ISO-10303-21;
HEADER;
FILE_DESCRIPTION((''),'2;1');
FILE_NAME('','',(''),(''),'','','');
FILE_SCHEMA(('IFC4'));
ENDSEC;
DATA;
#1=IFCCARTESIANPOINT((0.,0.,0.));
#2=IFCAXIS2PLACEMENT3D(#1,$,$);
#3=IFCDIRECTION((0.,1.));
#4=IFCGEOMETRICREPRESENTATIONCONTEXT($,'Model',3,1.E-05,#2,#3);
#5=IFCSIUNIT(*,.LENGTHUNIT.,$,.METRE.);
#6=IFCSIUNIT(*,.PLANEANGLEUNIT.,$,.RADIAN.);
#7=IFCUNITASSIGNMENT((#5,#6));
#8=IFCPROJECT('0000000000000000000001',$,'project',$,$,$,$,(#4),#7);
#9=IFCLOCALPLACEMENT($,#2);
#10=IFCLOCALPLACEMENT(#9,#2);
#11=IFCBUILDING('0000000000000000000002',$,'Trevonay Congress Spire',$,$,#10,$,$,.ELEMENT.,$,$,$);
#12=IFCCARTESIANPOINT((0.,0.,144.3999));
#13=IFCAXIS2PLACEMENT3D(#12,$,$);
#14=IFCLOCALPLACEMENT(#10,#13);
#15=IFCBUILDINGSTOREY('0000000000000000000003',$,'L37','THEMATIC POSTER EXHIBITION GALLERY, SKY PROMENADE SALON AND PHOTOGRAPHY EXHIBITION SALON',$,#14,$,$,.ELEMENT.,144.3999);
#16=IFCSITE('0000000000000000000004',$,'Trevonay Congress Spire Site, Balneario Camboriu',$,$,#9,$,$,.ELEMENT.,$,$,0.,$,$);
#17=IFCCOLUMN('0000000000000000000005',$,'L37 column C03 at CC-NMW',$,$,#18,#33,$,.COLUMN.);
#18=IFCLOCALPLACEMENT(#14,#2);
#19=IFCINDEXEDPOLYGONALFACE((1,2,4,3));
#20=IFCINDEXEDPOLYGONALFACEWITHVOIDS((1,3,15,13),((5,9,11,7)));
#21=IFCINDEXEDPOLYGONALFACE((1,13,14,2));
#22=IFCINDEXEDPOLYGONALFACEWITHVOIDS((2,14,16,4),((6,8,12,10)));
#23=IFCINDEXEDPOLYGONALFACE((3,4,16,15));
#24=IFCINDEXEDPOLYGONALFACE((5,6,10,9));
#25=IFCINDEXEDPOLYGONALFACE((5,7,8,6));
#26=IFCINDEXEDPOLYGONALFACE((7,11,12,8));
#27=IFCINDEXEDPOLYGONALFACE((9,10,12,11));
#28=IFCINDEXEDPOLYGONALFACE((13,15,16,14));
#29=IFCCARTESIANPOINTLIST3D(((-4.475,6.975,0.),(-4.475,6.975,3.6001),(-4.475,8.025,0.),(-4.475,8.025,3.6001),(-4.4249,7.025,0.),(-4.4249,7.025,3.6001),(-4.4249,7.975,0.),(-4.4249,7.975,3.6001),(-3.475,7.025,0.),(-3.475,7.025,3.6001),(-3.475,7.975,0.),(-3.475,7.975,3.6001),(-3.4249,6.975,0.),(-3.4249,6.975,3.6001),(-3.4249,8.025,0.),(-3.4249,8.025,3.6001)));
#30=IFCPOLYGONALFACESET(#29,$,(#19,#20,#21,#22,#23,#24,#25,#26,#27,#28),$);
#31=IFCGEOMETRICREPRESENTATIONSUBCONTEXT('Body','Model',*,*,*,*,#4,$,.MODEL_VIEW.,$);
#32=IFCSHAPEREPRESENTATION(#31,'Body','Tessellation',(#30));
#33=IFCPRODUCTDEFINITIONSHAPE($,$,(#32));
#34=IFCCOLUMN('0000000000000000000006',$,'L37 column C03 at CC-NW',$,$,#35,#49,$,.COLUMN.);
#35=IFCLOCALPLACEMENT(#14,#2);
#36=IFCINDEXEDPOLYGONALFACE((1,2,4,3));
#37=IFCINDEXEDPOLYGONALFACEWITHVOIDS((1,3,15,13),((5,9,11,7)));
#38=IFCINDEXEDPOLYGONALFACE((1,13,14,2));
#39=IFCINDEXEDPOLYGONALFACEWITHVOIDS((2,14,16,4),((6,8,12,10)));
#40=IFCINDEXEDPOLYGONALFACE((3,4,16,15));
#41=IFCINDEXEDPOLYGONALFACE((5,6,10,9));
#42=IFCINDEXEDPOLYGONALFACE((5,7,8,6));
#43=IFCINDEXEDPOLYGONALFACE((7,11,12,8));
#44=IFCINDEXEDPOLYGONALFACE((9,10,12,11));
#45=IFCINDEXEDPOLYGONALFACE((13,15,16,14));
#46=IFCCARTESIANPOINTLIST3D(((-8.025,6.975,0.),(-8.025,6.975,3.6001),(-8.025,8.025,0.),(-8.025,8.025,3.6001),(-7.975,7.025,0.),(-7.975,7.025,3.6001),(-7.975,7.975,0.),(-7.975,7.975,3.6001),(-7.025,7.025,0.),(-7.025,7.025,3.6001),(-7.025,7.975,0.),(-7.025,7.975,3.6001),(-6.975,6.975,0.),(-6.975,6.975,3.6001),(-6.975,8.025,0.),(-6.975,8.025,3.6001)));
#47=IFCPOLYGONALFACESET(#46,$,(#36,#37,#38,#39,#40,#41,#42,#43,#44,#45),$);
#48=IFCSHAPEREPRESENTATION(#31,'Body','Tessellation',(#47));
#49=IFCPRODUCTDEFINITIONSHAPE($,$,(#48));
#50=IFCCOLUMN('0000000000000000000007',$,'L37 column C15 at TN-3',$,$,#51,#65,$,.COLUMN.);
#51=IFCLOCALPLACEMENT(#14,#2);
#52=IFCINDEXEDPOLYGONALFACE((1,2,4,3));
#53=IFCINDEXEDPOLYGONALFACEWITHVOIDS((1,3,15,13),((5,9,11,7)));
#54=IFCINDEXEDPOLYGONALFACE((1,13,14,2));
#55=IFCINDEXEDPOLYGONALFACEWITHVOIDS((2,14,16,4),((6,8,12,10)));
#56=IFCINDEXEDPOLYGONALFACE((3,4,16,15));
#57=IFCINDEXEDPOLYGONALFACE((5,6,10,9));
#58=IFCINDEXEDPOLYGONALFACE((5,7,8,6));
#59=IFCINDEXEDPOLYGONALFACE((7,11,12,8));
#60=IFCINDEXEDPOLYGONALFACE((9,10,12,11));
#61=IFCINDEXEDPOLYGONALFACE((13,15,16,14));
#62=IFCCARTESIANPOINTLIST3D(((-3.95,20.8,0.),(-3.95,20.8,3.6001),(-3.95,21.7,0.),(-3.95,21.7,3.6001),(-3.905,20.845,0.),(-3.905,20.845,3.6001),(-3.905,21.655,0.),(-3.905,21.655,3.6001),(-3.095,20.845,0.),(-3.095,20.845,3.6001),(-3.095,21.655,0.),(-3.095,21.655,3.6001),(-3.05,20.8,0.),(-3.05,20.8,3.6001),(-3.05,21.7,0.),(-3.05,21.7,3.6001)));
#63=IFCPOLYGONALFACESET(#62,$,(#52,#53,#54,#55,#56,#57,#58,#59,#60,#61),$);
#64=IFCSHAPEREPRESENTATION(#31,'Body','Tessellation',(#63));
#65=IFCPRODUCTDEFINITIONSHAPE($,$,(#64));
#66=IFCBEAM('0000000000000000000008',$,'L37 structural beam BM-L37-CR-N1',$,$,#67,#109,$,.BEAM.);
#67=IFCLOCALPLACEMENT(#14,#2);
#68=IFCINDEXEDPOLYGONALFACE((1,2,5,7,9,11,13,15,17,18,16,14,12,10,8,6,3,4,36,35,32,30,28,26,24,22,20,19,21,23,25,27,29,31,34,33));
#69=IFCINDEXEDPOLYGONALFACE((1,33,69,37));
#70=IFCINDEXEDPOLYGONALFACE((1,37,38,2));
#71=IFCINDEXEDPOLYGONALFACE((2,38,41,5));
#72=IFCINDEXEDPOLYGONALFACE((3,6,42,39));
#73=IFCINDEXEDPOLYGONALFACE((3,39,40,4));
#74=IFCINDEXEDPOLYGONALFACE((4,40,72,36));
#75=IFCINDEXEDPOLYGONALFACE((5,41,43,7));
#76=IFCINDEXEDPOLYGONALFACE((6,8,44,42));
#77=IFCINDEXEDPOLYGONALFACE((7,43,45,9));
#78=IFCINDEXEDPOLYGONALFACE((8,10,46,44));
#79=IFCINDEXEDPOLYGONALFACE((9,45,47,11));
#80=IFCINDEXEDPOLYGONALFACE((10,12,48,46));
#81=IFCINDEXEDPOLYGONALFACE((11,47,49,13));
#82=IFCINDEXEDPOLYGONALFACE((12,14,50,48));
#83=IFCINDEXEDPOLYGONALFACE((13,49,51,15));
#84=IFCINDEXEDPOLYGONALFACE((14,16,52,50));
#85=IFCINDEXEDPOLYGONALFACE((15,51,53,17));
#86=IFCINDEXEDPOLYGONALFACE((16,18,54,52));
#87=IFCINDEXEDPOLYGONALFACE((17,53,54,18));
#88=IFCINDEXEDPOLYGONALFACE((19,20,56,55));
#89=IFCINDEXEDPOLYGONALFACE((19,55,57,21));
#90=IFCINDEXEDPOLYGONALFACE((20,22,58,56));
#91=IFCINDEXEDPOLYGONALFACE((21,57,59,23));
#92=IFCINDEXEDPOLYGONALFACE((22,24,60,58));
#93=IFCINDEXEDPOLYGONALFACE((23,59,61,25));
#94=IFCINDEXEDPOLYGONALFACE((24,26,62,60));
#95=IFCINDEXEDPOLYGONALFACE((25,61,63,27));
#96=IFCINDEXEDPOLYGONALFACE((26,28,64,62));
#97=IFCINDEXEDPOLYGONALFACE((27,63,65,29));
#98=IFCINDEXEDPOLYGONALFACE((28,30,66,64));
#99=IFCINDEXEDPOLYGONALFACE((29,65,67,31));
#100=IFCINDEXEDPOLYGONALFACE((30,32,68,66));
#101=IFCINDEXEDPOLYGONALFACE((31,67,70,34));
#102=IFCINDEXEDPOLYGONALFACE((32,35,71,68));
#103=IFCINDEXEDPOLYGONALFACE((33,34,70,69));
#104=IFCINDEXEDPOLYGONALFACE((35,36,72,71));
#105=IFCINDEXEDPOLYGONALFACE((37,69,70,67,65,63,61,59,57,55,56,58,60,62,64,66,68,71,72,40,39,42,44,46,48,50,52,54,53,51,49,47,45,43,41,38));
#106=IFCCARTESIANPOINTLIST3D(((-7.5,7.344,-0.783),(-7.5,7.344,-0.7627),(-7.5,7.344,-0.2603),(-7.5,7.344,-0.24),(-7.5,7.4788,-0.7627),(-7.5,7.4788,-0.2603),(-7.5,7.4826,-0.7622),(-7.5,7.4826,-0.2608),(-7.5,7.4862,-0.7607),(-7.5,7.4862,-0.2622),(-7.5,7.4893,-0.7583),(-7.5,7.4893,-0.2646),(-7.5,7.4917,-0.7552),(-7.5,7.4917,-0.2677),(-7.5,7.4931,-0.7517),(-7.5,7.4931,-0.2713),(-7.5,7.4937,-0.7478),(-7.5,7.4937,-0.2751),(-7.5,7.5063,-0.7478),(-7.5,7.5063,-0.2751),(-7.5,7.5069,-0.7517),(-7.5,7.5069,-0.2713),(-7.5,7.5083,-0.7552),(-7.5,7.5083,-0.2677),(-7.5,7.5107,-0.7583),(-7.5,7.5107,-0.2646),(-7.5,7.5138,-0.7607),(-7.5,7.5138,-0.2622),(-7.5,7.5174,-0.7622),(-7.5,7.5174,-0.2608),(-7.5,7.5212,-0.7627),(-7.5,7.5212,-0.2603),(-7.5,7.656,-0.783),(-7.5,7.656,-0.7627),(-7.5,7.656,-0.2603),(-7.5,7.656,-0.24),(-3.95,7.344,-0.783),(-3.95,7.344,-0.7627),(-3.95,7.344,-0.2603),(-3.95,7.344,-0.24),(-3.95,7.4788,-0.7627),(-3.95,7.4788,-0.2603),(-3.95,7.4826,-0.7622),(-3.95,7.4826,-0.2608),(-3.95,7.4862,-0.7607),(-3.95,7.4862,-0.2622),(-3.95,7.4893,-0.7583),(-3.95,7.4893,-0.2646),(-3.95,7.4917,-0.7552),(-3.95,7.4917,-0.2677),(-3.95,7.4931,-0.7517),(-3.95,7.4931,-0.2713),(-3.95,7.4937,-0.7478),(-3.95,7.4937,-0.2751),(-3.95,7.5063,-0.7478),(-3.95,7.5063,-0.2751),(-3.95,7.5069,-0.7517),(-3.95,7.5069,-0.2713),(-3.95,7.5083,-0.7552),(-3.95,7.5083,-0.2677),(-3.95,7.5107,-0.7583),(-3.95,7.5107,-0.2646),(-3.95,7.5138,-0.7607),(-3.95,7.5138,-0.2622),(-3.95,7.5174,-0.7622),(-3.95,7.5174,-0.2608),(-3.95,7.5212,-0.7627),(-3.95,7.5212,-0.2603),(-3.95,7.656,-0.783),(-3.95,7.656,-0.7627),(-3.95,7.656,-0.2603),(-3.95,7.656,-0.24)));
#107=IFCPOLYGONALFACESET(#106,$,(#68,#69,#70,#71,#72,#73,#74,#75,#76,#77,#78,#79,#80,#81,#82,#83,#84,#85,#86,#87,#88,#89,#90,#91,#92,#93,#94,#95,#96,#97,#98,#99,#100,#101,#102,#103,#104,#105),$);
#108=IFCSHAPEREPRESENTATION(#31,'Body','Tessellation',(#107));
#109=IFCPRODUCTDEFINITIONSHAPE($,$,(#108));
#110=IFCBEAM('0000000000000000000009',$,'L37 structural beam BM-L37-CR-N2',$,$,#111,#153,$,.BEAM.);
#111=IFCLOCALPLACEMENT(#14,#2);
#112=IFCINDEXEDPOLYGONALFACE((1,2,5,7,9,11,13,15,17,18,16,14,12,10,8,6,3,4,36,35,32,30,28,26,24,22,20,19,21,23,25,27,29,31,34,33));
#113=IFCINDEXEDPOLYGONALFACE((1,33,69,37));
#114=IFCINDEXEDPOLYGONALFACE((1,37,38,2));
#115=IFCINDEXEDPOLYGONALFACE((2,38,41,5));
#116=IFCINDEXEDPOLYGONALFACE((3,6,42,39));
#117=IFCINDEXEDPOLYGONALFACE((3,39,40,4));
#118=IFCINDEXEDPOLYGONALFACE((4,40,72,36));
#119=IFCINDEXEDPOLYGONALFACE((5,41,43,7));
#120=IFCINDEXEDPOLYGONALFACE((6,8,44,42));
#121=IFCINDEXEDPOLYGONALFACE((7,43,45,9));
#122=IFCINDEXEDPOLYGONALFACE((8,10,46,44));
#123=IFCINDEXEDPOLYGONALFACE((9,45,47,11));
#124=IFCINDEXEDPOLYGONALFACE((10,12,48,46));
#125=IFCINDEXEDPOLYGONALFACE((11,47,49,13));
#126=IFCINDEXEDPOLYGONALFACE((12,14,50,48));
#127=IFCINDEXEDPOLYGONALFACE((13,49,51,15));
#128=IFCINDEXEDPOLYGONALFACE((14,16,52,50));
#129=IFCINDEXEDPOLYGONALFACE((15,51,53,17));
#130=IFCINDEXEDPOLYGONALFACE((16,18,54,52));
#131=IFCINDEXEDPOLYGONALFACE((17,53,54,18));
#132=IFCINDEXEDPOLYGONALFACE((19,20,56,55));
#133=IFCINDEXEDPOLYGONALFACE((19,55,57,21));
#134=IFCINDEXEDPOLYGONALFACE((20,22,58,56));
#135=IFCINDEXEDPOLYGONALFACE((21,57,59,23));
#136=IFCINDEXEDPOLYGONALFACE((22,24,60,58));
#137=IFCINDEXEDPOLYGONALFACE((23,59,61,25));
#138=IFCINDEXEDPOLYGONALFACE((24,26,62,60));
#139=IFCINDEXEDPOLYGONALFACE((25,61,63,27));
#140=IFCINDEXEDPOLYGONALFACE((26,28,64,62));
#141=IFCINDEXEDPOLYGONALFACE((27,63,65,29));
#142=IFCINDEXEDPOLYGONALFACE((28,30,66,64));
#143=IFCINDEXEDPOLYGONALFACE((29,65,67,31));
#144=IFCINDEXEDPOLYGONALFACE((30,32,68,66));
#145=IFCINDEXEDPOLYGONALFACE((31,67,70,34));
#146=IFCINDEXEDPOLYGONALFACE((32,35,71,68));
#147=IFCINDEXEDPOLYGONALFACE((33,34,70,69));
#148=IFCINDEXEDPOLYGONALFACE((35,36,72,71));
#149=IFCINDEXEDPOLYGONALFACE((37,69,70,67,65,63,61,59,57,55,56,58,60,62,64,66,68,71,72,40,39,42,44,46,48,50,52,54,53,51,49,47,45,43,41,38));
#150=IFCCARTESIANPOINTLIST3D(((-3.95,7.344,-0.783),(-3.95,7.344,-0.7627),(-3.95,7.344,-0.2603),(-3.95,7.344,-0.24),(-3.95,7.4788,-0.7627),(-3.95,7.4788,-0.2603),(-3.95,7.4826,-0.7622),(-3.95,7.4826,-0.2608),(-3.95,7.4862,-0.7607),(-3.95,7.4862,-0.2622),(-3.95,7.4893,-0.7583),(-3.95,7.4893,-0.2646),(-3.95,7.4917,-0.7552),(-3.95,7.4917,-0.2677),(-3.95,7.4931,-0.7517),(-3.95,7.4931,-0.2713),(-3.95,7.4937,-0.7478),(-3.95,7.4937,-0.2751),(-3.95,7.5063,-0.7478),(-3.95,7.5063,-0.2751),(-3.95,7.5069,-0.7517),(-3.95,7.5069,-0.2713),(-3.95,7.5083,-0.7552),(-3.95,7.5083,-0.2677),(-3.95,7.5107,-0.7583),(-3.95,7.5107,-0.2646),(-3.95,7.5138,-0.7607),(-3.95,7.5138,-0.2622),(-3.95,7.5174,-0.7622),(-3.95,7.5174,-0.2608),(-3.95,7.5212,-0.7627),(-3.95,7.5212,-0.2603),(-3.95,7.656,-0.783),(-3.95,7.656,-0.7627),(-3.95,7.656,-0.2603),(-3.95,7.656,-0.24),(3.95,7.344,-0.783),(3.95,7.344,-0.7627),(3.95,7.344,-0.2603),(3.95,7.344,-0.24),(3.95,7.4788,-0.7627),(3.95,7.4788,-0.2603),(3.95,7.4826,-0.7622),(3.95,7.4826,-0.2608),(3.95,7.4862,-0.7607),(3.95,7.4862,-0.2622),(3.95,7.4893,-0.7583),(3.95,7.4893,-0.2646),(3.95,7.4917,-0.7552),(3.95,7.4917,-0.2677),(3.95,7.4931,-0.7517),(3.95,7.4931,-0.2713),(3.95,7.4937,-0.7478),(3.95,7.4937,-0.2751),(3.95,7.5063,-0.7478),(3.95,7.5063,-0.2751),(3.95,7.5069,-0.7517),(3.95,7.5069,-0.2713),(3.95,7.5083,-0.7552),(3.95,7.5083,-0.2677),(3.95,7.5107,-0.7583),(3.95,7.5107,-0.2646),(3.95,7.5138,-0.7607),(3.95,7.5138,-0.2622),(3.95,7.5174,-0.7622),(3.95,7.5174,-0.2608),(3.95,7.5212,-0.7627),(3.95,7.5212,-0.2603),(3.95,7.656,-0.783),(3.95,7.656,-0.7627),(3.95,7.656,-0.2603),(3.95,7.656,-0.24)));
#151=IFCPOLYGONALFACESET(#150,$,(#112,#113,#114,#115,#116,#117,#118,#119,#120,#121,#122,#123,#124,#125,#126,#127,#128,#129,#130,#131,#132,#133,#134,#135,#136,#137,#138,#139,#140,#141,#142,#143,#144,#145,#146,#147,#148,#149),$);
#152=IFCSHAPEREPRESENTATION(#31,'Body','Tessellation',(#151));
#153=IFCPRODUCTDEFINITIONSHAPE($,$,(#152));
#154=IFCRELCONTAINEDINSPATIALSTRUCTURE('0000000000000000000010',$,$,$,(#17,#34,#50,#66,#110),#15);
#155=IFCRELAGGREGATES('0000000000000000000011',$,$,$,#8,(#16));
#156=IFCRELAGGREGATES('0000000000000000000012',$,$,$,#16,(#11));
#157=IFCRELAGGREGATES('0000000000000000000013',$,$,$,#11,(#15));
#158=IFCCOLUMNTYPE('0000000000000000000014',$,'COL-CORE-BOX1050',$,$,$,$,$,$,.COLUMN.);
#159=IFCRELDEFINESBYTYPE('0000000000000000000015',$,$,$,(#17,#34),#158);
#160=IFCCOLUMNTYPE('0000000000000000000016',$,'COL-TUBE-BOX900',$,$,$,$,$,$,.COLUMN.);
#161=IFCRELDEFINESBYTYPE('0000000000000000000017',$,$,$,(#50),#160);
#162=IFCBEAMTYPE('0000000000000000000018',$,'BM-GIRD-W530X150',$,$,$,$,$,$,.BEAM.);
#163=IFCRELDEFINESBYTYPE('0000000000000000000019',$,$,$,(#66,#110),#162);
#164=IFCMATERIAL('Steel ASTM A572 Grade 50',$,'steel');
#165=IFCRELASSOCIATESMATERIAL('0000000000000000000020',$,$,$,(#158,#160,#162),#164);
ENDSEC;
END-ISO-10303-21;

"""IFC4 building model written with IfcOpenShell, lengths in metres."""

from ifc_helpers import new_model, si_unit, direction, frame, origin, origin_2d, place, context, subcontext, project, spatial, hollow_rectangle, i_section, extrude, material, material_profile, profile_set, type_object, element, save


model = new_model("IFC4")

# Units and contexts
model_context = context("Model", 3, precision=1e-05, world=origin(), true_north=direction((0.0, 1.0)))
body_context = subcontext(model_context, "Body", "Model", "MODEL_VIEW")
ifc_project = project(units=[si_unit("LENGTHUNIT", "METRE"), si_unit("PLANEANGLEUNIT", "RADIAN")], contexts=[model_context])

# Site, building, storey
site_placement = place(None, origin())
site = spatial("IfcSite", under=ifc_project, at=site_placement, Name="Trevonay Congress Spire Site, Balneario Camboriu", CompositionType="ELEMENT", RefElevation=0.0)
building_placement = place(site_placement, origin())
building = spatial("IfcBuilding", under=site, at=building_placement, Name="Trevonay Congress Spire", CompositionType="ELEMENT")
storey_placement = place(building_placement, frame((0.0, 0.0, 144.3999)))
storey = spatial("IfcBuildingStorey", under=building, at=storey_placement, Name="L37", Description="THEMATIC POSTER EXHIBITION GALLERY, SKY PROMENADE SALON AND PHOTOGRAPHY EXHIBITION SALON", CompositionType="ELEMENT", Elevation=144.3999)

# Columns
ifc_material_1 = material(Name="Steel ASTM A572 Grade 50", Category="steel")
ifc_material_profile_1 = material_profile(ifc_material_1, hollow_rectangle(XDim=1.05, YDim=1.05, WallThickness=0.05, at=origin_2d()), Name="BOX 1050x1050x50")
ifc_profile_set_1 = profile_set([ifc_material_profile_1], Name="Steel ASTM A572 Grade 50")
column_type_1 = type_object("IfcColumnType", Name="COL-CORE-BOX1050", PredefinedType="COLUMN", material=ifc_profile_set_1)
for number, where, z_axis, x_axis, name in (
    (1, (-3.95, 7.5, 0.0), (0.0, 0.0, 1.0), (1.0, 0.0, 0.0), "L37 column C03 at CC-NMW"),
    (2, (-7.5, 7.5, 0.0), (0.0, 0.0, 1.0), (1.0, 0.0, 0.0), "L37 column C03 at CC-NW"),
):
    element("IfcColumn", number, at=place(storey_placement, frame(where, z_axis=z_axis, x_axis=x_axis)), inside=storey, type_object=column_type_1, Name=name, PredefinedType="COLUMN", context=body_context, shape_type="SweptSolid", body=[
        extrude(hollow_rectangle(XDim=1.05, YDim=1.05, WallThickness=0.05, at=origin_2d()), origin(), (0.0, 0.0, 1.0), 3.6001),
    ])
ifc_material_profile_2 = material_profile(ifc_material_1, hollow_rectangle(XDim=0.8999, YDim=0.8999, WallThickness=0.0449, at=origin_2d()), Name="BOX 900x900x45")
ifc_profile_set_2 = profile_set([ifc_material_profile_2], Name="Steel ASTM A572 Grade 50")
column_type_2 = type_object("IfcColumnType", Name="COL-TUBE-BOX900", PredefinedType="COLUMN", material=ifc_profile_set_2)
column_placement = place(storey_placement, frame((-3.5, 21.25, 0.0), z_axis=(0.0, 0.0, 1.0), x_axis=(1.0, 0.0, 0.0)))
element("IfcColumn", 3, at=column_placement, inside=storey, type_object=column_type_2, Name="L37 column C15 at TN-3", PredefinedType="COLUMN", context=body_context, shape_type="SweptSolid", body=[
    extrude(hollow_rectangle(XDim=0.8999, YDim=0.8999, WallThickness=0.0449, at=origin_2d()), origin(), (0.0, 0.0, 1.0), 3.6001),
])

# Beams
ifc_material_profile_3 = material_profile(ifc_material_1, i_section(OverallWidth=0.312, OverallDepth=0.543, WebThickness=0.0127, FlangeThickness=0.0203, FilletRadius=0.0149, at=origin_2d()), Name="W530x150")
ifc_profile_set_3 = profile_set([ifc_material_profile_3], Name="Steel ASTM A572 Grade 50")
beam_type_1 = type_object("IfcBeamType", Name="BM-GIRD-W530X150", PredefinedType="BEAM", material=ifc_profile_set_3)
beam_1_placement = place(storey_placement, frame((-7.5, 7.5, -0.5115), z_axis=(1.0, 0.0, 0.0), x_axis=(0.0, 1.0, 0.0)))
element("IfcBeam", 4, at=beam_1_placement, inside=storey, type_object=beam_type_1, Name="L37 structural beam BM-L37-CR-N1", PredefinedType="BEAM", context=body_context, shape_type="SweptSolid", body=[
    extrude(i_section(OverallWidth=0.312, OverallDepth=0.543, WebThickness=0.0127, FlangeThickness=0.0203, FilletRadius=0.0149, at=origin_2d()), origin(), (0.0, 0.0, 1.0), 3.55),
])
beam_2_placement = place(storey_placement, frame((-3.95, 7.5, -0.5115), z_axis=(1.0, 0.0, 0.0), x_axis=(0.0, 1.0, 0.0)))
element("IfcBeam", 5, at=beam_2_placement, inside=storey, type_object=beam_type_1, Name="L37 structural beam BM-L37-CR-N2", PredefinedType="BEAM", context=body_context, shape_type="SweptSolid", body=[
    extrude(i_section(OverallWidth=0.312, OverallDepth=0.543, WebThickness=0.0127, FlangeThickness=0.0203, FilletRadius=0.0149, at=origin_2d()), origin(), (0.0, 0.0, 1.0), 7.8999),
])

save(model, "model.ifc")
